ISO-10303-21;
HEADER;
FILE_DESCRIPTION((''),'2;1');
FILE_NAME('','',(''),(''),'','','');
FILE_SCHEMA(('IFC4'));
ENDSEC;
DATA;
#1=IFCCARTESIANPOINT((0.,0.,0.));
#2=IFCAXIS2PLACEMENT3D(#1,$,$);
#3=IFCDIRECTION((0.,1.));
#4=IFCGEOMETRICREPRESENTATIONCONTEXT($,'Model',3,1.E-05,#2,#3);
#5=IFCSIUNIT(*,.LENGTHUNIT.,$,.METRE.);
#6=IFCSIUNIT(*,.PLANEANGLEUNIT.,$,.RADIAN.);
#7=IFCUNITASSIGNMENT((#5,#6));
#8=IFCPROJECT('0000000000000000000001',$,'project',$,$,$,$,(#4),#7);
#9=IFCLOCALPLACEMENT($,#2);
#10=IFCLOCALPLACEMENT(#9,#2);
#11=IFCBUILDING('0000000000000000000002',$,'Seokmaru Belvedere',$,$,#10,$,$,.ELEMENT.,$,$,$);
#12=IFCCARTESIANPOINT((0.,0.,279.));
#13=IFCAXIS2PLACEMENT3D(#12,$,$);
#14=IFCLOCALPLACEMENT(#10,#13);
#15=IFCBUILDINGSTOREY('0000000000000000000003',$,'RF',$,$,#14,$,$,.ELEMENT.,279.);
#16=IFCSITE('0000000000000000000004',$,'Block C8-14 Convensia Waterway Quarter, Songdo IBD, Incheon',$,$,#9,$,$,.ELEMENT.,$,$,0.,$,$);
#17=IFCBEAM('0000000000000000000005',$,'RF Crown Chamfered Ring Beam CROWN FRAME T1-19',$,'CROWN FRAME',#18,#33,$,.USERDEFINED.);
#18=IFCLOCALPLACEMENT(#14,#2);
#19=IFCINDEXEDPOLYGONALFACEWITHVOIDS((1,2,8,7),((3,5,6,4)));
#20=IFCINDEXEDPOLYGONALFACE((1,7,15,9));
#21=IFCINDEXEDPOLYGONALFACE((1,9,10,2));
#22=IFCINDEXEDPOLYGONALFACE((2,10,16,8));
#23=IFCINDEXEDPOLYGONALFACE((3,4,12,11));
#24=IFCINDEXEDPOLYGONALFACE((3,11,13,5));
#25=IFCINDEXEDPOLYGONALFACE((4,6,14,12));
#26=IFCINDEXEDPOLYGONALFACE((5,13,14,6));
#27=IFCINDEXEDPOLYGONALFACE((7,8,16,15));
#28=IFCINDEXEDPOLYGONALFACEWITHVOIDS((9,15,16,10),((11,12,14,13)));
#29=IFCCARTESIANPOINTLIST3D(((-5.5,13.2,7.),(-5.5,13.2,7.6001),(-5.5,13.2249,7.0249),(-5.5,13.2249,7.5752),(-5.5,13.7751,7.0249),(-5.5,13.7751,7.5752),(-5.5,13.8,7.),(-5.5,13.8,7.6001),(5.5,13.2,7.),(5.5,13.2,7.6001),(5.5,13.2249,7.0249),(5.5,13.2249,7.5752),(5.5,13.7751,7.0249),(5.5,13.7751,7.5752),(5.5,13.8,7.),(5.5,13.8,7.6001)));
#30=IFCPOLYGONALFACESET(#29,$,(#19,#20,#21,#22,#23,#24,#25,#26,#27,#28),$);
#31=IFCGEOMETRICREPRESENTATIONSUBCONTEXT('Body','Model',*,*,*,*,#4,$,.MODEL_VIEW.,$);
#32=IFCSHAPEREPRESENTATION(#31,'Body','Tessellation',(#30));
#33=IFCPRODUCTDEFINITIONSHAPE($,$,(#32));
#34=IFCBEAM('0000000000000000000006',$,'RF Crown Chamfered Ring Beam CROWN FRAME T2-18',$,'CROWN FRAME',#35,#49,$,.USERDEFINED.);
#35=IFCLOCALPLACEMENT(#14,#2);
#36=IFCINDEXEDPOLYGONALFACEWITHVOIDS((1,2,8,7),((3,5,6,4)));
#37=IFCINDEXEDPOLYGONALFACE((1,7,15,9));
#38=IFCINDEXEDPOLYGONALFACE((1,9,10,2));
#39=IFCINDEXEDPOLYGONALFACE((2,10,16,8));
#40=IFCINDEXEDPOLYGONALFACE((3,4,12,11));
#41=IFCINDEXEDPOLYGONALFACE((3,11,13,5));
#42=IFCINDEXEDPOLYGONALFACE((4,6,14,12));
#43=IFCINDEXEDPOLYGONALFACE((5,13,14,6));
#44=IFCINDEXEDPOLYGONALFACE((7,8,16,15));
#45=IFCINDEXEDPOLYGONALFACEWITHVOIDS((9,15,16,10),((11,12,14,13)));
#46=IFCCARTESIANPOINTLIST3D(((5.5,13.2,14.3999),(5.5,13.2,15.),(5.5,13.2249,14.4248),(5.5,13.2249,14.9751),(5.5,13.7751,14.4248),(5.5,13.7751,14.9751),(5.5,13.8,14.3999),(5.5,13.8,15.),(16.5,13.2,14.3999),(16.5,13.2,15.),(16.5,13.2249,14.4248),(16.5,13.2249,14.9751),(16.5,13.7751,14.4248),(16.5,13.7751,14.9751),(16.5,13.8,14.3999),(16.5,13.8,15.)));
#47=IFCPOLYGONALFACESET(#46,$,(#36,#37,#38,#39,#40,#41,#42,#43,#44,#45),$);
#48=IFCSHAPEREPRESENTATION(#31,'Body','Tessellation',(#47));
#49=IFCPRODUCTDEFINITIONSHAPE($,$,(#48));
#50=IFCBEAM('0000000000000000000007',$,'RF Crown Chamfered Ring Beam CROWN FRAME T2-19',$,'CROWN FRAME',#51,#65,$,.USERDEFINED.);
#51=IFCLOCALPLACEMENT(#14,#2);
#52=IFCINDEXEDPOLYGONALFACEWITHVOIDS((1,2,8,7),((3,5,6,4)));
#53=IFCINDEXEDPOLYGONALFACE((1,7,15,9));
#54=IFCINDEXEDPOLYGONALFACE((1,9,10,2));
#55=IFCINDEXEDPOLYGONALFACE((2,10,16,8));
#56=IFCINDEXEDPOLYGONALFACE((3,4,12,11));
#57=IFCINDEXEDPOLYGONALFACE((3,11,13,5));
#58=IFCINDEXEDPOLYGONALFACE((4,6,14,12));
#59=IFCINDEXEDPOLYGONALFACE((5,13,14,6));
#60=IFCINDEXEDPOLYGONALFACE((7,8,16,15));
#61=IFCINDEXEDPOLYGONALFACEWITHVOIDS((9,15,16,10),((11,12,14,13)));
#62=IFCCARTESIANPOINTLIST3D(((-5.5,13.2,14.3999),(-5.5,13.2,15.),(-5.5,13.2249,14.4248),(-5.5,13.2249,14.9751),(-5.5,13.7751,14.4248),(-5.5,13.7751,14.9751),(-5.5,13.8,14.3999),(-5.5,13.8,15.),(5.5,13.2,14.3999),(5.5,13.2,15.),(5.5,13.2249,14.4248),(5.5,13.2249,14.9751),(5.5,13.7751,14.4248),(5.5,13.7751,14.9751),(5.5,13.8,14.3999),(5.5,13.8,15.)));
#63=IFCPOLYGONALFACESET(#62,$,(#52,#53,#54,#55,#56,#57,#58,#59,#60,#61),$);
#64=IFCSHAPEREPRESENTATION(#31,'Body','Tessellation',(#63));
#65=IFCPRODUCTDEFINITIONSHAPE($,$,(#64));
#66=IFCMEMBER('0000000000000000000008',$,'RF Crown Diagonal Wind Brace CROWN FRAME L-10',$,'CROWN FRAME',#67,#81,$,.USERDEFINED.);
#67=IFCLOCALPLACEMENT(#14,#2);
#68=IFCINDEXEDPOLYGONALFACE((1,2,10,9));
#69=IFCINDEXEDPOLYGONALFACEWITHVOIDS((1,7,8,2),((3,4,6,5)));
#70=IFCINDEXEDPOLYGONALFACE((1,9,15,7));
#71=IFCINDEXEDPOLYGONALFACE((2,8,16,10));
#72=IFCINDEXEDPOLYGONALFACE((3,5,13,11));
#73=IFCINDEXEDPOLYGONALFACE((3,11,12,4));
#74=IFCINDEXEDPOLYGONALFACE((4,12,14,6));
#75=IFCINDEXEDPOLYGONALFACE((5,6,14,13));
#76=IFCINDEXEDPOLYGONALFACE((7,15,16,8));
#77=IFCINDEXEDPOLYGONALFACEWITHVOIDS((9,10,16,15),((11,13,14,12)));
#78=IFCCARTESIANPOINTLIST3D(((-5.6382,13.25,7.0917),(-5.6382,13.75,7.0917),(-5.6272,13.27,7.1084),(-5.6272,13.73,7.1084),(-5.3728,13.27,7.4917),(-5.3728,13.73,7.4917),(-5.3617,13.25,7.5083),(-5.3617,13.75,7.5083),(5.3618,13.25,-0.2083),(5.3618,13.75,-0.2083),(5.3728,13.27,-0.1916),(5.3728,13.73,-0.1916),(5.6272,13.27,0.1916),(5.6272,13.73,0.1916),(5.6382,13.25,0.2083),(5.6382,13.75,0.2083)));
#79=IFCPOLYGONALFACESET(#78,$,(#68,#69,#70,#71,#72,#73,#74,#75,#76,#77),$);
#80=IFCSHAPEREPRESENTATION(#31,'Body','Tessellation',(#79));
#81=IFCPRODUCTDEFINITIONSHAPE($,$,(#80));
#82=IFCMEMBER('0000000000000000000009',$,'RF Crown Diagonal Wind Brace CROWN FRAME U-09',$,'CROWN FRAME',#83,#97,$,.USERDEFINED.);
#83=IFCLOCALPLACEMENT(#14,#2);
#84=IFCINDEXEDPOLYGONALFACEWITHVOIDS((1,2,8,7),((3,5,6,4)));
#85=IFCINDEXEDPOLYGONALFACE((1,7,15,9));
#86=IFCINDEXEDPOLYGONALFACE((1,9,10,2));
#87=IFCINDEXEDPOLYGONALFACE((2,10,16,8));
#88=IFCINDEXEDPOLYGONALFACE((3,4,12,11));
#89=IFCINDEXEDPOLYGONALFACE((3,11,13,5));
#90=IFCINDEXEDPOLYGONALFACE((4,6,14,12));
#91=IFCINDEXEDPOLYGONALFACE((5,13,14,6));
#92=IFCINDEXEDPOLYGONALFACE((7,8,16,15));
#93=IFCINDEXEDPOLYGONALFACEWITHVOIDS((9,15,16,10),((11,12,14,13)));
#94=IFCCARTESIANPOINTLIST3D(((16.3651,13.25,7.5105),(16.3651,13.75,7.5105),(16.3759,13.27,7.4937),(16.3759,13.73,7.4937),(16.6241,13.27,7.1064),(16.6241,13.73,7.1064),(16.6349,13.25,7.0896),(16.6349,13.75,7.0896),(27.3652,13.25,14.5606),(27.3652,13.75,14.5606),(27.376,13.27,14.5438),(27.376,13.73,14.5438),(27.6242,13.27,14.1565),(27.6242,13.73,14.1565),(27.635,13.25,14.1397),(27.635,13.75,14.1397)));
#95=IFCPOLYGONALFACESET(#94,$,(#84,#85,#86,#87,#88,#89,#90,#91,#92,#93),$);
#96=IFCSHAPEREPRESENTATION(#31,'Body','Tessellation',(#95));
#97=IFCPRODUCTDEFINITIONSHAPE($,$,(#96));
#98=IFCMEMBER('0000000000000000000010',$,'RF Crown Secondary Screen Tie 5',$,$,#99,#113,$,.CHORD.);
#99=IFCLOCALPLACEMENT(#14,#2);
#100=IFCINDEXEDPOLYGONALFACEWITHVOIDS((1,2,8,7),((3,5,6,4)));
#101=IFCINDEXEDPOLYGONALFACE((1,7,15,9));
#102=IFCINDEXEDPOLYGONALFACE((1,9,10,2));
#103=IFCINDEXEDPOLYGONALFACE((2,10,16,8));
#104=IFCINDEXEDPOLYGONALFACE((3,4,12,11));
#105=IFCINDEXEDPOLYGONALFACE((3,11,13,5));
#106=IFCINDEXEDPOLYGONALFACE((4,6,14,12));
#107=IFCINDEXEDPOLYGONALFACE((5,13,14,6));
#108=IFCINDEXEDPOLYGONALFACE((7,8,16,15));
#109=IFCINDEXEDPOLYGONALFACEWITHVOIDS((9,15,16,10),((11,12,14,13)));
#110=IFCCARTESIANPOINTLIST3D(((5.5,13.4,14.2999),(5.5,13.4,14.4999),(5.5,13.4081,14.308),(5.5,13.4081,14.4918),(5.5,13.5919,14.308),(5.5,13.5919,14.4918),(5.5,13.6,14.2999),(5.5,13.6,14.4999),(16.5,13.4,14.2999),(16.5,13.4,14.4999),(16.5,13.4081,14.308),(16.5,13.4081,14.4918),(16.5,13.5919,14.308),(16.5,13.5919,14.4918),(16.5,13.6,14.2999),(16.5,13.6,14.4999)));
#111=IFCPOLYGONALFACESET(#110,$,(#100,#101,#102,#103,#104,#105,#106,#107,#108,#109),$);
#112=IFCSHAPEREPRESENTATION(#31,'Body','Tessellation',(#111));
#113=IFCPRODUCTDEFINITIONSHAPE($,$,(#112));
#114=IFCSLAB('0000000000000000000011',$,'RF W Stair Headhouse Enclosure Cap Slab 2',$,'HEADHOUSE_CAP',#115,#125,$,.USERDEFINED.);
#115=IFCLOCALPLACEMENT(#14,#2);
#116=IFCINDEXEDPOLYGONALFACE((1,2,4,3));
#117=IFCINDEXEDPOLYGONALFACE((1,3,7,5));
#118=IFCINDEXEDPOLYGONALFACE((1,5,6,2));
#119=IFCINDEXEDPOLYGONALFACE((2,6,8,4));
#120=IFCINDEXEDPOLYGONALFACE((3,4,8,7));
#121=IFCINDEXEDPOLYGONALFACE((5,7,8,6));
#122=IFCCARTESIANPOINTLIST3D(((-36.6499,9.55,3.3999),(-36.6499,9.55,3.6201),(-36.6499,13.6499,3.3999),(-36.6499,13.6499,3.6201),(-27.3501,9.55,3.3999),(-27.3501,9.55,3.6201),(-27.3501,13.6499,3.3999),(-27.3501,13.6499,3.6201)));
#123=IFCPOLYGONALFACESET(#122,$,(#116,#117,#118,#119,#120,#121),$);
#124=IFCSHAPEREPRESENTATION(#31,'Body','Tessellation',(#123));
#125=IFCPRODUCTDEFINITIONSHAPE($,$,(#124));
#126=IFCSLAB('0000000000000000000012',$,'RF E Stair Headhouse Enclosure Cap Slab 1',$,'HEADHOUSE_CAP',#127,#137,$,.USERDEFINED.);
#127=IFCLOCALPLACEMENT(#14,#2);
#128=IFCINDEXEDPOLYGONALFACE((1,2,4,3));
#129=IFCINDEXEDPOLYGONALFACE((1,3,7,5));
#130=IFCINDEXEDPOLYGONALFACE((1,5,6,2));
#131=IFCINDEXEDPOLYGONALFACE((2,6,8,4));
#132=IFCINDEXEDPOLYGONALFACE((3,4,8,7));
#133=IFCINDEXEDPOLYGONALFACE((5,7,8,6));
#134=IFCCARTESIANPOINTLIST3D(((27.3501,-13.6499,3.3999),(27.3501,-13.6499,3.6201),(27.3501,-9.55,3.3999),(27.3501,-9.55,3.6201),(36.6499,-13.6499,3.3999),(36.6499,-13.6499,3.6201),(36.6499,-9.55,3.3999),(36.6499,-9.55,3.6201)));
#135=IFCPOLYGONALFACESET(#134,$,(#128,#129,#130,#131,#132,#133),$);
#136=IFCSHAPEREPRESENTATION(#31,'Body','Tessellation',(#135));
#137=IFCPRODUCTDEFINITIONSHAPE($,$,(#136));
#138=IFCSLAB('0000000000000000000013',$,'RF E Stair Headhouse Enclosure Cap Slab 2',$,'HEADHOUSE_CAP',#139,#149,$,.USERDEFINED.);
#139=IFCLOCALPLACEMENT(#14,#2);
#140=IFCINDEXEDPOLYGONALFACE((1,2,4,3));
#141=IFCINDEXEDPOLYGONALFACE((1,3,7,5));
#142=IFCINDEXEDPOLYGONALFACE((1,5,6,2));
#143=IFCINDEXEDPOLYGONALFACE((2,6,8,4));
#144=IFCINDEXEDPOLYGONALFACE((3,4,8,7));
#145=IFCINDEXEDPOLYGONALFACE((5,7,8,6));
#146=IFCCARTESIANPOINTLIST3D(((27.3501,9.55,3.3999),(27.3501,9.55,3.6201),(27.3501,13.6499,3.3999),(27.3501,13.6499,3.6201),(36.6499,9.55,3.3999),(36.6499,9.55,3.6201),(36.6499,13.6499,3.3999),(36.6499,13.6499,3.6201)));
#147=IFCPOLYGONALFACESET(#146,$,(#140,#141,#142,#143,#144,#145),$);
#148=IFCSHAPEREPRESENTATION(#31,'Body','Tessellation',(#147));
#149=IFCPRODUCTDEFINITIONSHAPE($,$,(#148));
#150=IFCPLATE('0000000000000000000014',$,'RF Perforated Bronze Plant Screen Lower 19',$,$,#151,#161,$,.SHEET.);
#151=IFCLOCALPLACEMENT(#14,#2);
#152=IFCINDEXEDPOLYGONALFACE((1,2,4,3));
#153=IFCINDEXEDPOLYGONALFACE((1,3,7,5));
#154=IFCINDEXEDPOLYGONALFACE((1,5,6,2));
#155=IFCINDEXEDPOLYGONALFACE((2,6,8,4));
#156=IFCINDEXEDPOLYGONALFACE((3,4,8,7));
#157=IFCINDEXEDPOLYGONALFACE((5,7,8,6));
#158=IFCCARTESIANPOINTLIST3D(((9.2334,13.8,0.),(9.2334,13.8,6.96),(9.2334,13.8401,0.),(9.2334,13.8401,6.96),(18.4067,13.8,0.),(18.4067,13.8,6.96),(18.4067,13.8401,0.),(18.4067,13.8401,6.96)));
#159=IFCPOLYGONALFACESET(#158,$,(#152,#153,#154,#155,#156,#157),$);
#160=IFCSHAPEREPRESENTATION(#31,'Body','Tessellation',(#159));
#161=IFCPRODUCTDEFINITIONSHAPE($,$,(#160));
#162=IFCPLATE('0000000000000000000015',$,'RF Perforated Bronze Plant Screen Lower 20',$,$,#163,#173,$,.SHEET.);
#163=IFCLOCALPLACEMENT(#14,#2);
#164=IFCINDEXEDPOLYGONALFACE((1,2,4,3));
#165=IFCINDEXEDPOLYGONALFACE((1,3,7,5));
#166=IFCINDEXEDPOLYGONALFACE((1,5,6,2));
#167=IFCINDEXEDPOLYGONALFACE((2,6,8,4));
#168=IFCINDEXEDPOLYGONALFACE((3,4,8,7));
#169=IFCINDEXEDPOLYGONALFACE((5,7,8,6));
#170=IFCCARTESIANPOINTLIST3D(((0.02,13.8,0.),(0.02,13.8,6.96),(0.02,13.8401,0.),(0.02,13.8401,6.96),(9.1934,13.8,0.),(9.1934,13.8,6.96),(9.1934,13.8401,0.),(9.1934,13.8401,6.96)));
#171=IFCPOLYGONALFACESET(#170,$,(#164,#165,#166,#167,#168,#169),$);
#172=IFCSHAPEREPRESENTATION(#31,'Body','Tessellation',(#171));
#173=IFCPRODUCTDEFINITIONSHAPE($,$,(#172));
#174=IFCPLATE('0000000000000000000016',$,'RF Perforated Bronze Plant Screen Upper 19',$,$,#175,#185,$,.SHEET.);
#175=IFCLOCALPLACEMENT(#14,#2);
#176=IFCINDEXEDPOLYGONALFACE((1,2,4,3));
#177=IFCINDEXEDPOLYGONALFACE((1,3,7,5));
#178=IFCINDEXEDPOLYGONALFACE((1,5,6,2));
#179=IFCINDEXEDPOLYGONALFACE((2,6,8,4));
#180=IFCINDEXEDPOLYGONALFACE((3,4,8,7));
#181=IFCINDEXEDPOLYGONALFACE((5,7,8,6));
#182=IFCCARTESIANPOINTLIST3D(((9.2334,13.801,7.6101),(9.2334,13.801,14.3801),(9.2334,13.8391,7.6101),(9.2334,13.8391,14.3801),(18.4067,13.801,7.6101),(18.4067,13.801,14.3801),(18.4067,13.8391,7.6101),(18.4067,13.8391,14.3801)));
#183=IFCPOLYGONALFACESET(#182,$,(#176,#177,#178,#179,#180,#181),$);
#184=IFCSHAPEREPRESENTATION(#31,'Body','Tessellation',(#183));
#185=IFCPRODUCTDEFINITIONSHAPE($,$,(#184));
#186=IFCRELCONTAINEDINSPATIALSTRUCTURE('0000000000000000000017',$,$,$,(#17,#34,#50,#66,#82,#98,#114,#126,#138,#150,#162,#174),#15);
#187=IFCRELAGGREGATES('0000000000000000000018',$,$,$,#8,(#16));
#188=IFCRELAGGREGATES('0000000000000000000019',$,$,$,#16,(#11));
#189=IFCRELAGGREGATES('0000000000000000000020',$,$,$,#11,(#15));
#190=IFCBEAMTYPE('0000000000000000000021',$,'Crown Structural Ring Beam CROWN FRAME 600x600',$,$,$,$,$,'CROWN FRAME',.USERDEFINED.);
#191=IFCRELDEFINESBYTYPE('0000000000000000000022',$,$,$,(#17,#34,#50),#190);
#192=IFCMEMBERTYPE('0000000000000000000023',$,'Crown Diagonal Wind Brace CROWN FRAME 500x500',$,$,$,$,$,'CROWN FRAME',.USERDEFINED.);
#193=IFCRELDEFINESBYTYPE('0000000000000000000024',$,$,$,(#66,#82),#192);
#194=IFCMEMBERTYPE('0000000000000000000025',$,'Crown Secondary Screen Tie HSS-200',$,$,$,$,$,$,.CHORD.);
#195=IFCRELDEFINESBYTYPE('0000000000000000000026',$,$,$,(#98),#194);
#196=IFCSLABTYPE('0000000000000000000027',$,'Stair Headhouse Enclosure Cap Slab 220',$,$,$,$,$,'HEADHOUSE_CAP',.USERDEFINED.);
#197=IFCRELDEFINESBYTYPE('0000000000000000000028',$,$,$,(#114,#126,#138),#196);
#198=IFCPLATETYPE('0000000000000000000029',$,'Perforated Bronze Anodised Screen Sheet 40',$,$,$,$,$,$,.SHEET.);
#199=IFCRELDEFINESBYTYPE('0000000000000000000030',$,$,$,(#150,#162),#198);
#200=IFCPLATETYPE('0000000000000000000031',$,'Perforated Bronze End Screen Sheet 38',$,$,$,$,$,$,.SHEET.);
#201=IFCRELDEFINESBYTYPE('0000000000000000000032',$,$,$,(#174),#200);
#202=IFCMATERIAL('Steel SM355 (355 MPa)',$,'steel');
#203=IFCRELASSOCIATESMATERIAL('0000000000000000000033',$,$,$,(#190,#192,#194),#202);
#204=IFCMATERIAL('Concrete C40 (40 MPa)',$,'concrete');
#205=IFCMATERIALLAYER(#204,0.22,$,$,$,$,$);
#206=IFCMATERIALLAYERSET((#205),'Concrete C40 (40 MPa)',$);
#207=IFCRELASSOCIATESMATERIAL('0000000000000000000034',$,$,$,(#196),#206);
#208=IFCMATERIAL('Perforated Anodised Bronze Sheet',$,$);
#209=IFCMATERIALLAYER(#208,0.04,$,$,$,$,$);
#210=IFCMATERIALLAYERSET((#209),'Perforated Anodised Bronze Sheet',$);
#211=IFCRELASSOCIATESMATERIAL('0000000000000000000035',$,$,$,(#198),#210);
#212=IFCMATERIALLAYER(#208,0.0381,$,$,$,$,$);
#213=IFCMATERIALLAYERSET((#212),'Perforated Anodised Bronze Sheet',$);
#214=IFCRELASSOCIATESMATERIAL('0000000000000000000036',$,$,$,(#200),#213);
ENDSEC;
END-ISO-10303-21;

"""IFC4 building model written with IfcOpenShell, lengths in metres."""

from ifc_helpers import new_model, si_unit, direction, frame, origin, origin_2d, place, context, subcontext, project, spatial, polyline, rectangle, hollow_rectangle, outline, extrude, source, transform, mapped, material, layer, layer_set, material_profile, profile_set, type_object, type_shapes, element, save


model = new_model("IFC4")

# Units and contexts
model_context = context("Model", 3, precision=1e-05, world=origin(), true_north=direction((0.0, 1.0)))
body_context = subcontext(model_context, "Body", "Model", "MODEL_VIEW")
ifc_project = project(units=[si_unit("LENGTHUNIT", "METRE"), si_unit("PLANEANGLEUNIT", "RADIAN")], contexts=[model_context])

# Site, building, storey
site_placement = place(None, origin())
site = spatial("IfcSite", under=ifc_project, at=site_placement, Name="Block C8-14 Convensia Waterway Quarter, Songdo IBD, Incheon", CompositionType="ELEMENT", RefElevation=0.0)
building_placement = place(site_placement, origin())
building = spatial("IfcBuilding", under=site, at=building_placement, Name="Seokmaru Belvedere", CompositionType="ELEMENT")
storey_placement = place(building_placement, frame((0.0, 0.0, 279.0)))
storey = spatial("IfcBuildingStorey", under=building, at=storey_placement, Name="RF", CompositionType="ELEMENT", Elevation=279.0)

# Shared definitions
ifc_material_1 = material(Name="Steel SM355 (355 MPa)", Category="steel")

# Beams
ifc_material_profile_1 = material_profile(ifc_material_1, hollow_rectangle(XDim=0.6001, YDim=0.6001, WallThickness=0.0249, at=origin_2d()), Name="HSS-600x600x25")
ifc_profile_set_1 = profile_set([ifc_material_profile_1], Name="Steel SM355 (355 MPa)")
beam_type_1 = type_object("IfcBeamType", Name="Crown Structural Ring Beam CROWN FRAME 600x600", ElementType="CROWN FRAME", PredefinedType="USERDEFINED", material=ifc_profile_set_1)
shared_shape_1 = source(origin(), body_context, "Body", "SweptSolid", [
    extrude(hollow_rectangle(XDim=0.6001, YDim=0.6001, WallThickness=0.0249, at=origin_2d()), origin(), (0.0, 0.0, 1.0), 11.0),
])
type_shapes(beam_type_1, [shared_shape_1])
for number, where, z_axis, x_axis, name in (
    (1, (5.5, 13.5, 7.3), (-1.0, 0.0, 0.0), (0.0, -1.0, 0.0), "RF Crown Chamfered Ring Beam CROWN FRAME T1-19"),
    (2, (16.5, 13.5, 14.7), (-1.0, 0.0, 0.0), (0.0, -1.0, 0.0), "RF Crown Chamfered Ring Beam CROWN FRAME T2-18"),
    (3, (5.5, 13.5, 14.7), (-1.0, 0.0, 0.0), (0.0, -1.0, 0.0), "RF Crown Chamfered Ring Beam CROWN FRAME T2-19"),
):
    element("IfcBeam", number, at=place(storey_placement, frame(where, z_axis=z_axis, x_axis=x_axis)), inside=storey, type_object=beam_type_1, Name=name, ObjectType="CROWN FRAME", PredefinedType="USERDEFINED", context=body_context, shape_type="MappedRepresentation", body=[
        mapped(shared_shape_1, transform((0.0, 0.0, 0.0), scale=1.0)),
    ])

# Members
ifc_material_profile_2 = material_profile(ifc_material_1, hollow_rectangle(XDim=0.5, YDim=0.5, WallThickness=0.02, at=origin_2d()), Name="HSS-500x500x20")
ifc_profile_set_2 = profile_set([ifc_material_profile_2], Name="Steel SM355 (355 MPa)")
member_type_1 = type_object("IfcMemberType", Name="Crown Diagonal Wind Brace CROWN FRAME 500x500", ElementType="CROWN FRAME", PredefinedType="USERDEFINED", material=ifc_profile_set_2)
shared_shape_2 = source(origin(), body_context, "Body", "SweptSolid", [
    extrude(hollow_rectangle(XDim=0.5, YDim=0.5, WallThickness=0.02, at=origin_2d()), origin(), (0.0, 0.0, 1.0), 13.2019),
])
member_1_placement = place(storey_placement, frame((5.5, 13.5, 0.0), z_axis=(-0.833212, 0.0, 0.552954), x_axis=(0.0, -1.0, 0.0)))
element("IfcMember", 4, at=member_1_placement, inside=storey, type_object=member_type_1, Name="RF Crown Diagonal Wind Brace CROWN FRAME L-10", ObjectType="CROWN FRAME", PredefinedType="USERDEFINED", context=body_context, shape_type="MappedRepresentation", body=[
    mapped(shared_shape_2, transform((0.0, 0.0, 0.0), scale=1.0)),
])
shared_shape_3 = source(origin(), body_context, "Body", "SweptSolid", [
    extrude(hollow_rectangle(XDim=0.5, YDim=0.5, WallThickness=0.02, at=origin_2d()), origin(), (0.0, 0.0, 1.0), 13.0654),
])
type_shapes(member_type_1, [shared_shape_2, shared_shape_3])
member_2_placement = place(storey_placement, frame((16.5, 13.5, 7.3), z_axis=(0.841922, 0.0, 0.539599), x_axis=(0.0, 1.0, 0.0)))
element("IfcMember", 5, at=member_2_placement, inside=storey, type_object=member_type_1, Name="RF Crown Diagonal Wind Brace CROWN FRAME U-09", ObjectType="CROWN FRAME", PredefinedType="USERDEFINED", context=body_context, shape_type="MappedRepresentation", body=[
    mapped(shared_shape_3, transform((0.0, 0.0, 0.0), scale=1.0)),
])
ifc_material_profile_3 = material_profile(ifc_material_1, hollow_rectangle(XDim=0.2, YDim=0.2, WallThickness=0.0081, at=origin_2d()), Name="HSS-200x200x8")
ifc_profile_set_3 = profile_set([ifc_material_profile_3], Name="Steel SM355 (355 MPa)")
member_type_2 = type_object("IfcMemberType", Name="Crown Secondary Screen Tie HSS-200", PredefinedType="CHORD", material=ifc_profile_set_3)
shared_shape_4 = source(origin(), body_context, "Body", "SweptSolid", [
    extrude(hollow_rectangle(XDim=0.2, YDim=0.2, WallThickness=0.0081, at=origin_2d()), origin(), (0.0, 0.0, 1.0), 11.0),
])
type_shapes(member_type_2, [shared_shape_4])
member_3_placement = place(storey_placement, frame((5.5, 13.5, 14.3999), z_axis=(1.0, 0.0, 0.0), x_axis=(0.0, 1.0, 0.0)))
element("IfcMember", 6, at=member_3_placement, inside=storey, type_object=member_type_2, Name="RF Crown Secondary Screen Tie 5", PredefinedType="CHORD", context=body_context, shape_type="MappedRepresentation", body=[
    mapped(shared_shape_4, transform((0.0, 0.0, 0.0), scale=1.0)),
])

# Slabs
ifc_material_2 = material(Name="Concrete C40 (40 MPa)", Category="concrete")
ifc_layer_1 = layer(ifc_material_2, 0.22)
ifc_layer_set_1 = layer_set([ifc_layer_1], Name="Concrete C40 (40 MPa)")
slab_type = type_object("IfcSlabType", Name="Stair Headhouse Enclosure Cap Slab 220", ElementType="HEADHOUSE_CAP", PredefinedType="USERDEFINED", material=ifc_layer_set_1)
slab_1_placement = place(storey_placement, frame((0.0, 0.0, 3.3999)))
element("IfcSlab", 7, at=slab_1_placement, inside=storey, type_object=slab_type, Name="RF W Stair Headhouse Enclosure Cap Slab 2", ObjectType="HEADHOUSE_CAP", PredefinedType="USERDEFINED", context=body_context, shape_type="SweptSolid", body=[
    extrude(outline(polyline([(-36.6499, 9.55), (-27.3501, 9.55), (-27.3501, 13.6499), (-36.6499, 13.6499), (-36.6499, 9.55)])), origin(), (0.0, 0.0, 1.0), 0.2202),
])
slab_2_placement = place(storey_placement, frame((0.0, 0.0, 3.3999)))
element("IfcSlab", 8, at=slab_2_placement, inside=storey, type_object=slab_type, Name="RF E Stair Headhouse Enclosure Cap Slab 1", ObjectType="HEADHOUSE_CAP", PredefinedType="USERDEFINED", context=body_context, shape_type="SweptSolid", body=[
    extrude(outline(polyline([(27.3501, -13.6499), (36.6499, -13.6499), (36.6499, -9.55), (27.3501, -9.55), (27.3501, -13.6499)])), origin(), (0.0, 0.0, 1.0), 0.2202),
])
slab_3_placement = place(storey_placement, frame((0.0, 0.0, 3.3999)))
element("IfcSlab", 9, at=slab_3_placement, inside=storey, type_object=slab_type, Name="RF E Stair Headhouse Enclosure Cap Slab 2", ObjectType="HEADHOUSE_CAP", PredefinedType="USERDEFINED", context=body_context, shape_type="SweptSolid", body=[
    extrude(outline(polyline([(27.3501, 9.55), (36.6499, 9.55), (36.6499, 13.6499), (27.3501, 13.6499), (27.3501, 9.55)])), origin(), (0.0, 0.0, 1.0), 0.2202),
])

# Plates
ifc_material_3 = material(Name="Perforated Anodised Bronze Sheet")
ifc_layer_2 = layer(ifc_material_3, 0.04)
ifc_layer_set_2 = layer_set([ifc_layer_2], Name="Perforated Anodised Bronze Sheet")
plate_type_1 = type_object("IfcPlateType", Name="Perforated Bronze Anodised Screen Sheet 40", PredefinedType="SHEET", material=ifc_layer_set_2)
shared_shape_5 = source(origin(), body_context, "Body", "SweptSolid", [
    extrude(rectangle(XDim=9.1733, YDim=0.04, at=origin_2d()), origin(), (0.0, 0.0, 1.0), 6.96),
])
type_shapes(plate_type_1, [shared_shape_5])
for number, where, z_axis, x_axis, name in (
    (10, (13.8201, 13.8201, 0.0), (0.0, 0.0, 1.0), (-1.0, 0.0, 0.0), "RF Perforated Bronze Plant Screen Lower 19"),
    (11, (4.6067, 13.8201, 0.0), (0.0, 0.0, 1.0), (-1.0, 0.0, 0.0), "RF Perforated Bronze Plant Screen Lower 20"),
):
    element("IfcPlate", number, at=place(storey_placement, frame(where, z_axis=z_axis, x_axis=x_axis)), inside=storey, type_object=plate_type_1, Name=name, PredefinedType="SHEET", context=body_context, shape_type="MappedRepresentation", body=[
        mapped(shared_shape_5, transform((0.0, 0.0, 0.0), scale=1.0)),
    ])
ifc_layer_3 = layer(ifc_material_3, 0.0381)
ifc_layer_set_3 = layer_set([ifc_layer_3], Name="Perforated Anodised Bronze Sheet")
plate_type_2 = type_object("IfcPlateType", Name="Perforated Bronze End Screen Sheet 38", PredefinedType="SHEET", material=ifc_layer_set_3)
shared_shape_6 = source(origin(), body_context, "Body", "SweptSolid", [
    extrude(rectangle(XDim=9.1733, YDim=0.0381, at=origin_2d()), origin(), (0.0, 0.0, 1.0), 6.77),
])
type_shapes(plate_type_2, [shared_shape_6])
for number, where, z_axis, x_axis, name in (
    (12, (13.8201, 13.8201, 7.6101), (0.0, 0.0, 1.0), (-1.0, 0.0, 0.0), "RF Perforated Bronze Plant Screen Upper 19"),
):
    element("IfcPlate", number, at=place(storey_placement, frame(where, z_axis=z_axis, x_axis=x_axis)), inside=storey, type_object=plate_type_2, Name=name, PredefinedType="SHEET", context=body_context, shape_type="MappedRepresentation", body=[
        mapped(shared_shape_6, transform((0.0, 0.0, 0.0), scale=1.0)),
    ])

save(model, "model.ifc")
